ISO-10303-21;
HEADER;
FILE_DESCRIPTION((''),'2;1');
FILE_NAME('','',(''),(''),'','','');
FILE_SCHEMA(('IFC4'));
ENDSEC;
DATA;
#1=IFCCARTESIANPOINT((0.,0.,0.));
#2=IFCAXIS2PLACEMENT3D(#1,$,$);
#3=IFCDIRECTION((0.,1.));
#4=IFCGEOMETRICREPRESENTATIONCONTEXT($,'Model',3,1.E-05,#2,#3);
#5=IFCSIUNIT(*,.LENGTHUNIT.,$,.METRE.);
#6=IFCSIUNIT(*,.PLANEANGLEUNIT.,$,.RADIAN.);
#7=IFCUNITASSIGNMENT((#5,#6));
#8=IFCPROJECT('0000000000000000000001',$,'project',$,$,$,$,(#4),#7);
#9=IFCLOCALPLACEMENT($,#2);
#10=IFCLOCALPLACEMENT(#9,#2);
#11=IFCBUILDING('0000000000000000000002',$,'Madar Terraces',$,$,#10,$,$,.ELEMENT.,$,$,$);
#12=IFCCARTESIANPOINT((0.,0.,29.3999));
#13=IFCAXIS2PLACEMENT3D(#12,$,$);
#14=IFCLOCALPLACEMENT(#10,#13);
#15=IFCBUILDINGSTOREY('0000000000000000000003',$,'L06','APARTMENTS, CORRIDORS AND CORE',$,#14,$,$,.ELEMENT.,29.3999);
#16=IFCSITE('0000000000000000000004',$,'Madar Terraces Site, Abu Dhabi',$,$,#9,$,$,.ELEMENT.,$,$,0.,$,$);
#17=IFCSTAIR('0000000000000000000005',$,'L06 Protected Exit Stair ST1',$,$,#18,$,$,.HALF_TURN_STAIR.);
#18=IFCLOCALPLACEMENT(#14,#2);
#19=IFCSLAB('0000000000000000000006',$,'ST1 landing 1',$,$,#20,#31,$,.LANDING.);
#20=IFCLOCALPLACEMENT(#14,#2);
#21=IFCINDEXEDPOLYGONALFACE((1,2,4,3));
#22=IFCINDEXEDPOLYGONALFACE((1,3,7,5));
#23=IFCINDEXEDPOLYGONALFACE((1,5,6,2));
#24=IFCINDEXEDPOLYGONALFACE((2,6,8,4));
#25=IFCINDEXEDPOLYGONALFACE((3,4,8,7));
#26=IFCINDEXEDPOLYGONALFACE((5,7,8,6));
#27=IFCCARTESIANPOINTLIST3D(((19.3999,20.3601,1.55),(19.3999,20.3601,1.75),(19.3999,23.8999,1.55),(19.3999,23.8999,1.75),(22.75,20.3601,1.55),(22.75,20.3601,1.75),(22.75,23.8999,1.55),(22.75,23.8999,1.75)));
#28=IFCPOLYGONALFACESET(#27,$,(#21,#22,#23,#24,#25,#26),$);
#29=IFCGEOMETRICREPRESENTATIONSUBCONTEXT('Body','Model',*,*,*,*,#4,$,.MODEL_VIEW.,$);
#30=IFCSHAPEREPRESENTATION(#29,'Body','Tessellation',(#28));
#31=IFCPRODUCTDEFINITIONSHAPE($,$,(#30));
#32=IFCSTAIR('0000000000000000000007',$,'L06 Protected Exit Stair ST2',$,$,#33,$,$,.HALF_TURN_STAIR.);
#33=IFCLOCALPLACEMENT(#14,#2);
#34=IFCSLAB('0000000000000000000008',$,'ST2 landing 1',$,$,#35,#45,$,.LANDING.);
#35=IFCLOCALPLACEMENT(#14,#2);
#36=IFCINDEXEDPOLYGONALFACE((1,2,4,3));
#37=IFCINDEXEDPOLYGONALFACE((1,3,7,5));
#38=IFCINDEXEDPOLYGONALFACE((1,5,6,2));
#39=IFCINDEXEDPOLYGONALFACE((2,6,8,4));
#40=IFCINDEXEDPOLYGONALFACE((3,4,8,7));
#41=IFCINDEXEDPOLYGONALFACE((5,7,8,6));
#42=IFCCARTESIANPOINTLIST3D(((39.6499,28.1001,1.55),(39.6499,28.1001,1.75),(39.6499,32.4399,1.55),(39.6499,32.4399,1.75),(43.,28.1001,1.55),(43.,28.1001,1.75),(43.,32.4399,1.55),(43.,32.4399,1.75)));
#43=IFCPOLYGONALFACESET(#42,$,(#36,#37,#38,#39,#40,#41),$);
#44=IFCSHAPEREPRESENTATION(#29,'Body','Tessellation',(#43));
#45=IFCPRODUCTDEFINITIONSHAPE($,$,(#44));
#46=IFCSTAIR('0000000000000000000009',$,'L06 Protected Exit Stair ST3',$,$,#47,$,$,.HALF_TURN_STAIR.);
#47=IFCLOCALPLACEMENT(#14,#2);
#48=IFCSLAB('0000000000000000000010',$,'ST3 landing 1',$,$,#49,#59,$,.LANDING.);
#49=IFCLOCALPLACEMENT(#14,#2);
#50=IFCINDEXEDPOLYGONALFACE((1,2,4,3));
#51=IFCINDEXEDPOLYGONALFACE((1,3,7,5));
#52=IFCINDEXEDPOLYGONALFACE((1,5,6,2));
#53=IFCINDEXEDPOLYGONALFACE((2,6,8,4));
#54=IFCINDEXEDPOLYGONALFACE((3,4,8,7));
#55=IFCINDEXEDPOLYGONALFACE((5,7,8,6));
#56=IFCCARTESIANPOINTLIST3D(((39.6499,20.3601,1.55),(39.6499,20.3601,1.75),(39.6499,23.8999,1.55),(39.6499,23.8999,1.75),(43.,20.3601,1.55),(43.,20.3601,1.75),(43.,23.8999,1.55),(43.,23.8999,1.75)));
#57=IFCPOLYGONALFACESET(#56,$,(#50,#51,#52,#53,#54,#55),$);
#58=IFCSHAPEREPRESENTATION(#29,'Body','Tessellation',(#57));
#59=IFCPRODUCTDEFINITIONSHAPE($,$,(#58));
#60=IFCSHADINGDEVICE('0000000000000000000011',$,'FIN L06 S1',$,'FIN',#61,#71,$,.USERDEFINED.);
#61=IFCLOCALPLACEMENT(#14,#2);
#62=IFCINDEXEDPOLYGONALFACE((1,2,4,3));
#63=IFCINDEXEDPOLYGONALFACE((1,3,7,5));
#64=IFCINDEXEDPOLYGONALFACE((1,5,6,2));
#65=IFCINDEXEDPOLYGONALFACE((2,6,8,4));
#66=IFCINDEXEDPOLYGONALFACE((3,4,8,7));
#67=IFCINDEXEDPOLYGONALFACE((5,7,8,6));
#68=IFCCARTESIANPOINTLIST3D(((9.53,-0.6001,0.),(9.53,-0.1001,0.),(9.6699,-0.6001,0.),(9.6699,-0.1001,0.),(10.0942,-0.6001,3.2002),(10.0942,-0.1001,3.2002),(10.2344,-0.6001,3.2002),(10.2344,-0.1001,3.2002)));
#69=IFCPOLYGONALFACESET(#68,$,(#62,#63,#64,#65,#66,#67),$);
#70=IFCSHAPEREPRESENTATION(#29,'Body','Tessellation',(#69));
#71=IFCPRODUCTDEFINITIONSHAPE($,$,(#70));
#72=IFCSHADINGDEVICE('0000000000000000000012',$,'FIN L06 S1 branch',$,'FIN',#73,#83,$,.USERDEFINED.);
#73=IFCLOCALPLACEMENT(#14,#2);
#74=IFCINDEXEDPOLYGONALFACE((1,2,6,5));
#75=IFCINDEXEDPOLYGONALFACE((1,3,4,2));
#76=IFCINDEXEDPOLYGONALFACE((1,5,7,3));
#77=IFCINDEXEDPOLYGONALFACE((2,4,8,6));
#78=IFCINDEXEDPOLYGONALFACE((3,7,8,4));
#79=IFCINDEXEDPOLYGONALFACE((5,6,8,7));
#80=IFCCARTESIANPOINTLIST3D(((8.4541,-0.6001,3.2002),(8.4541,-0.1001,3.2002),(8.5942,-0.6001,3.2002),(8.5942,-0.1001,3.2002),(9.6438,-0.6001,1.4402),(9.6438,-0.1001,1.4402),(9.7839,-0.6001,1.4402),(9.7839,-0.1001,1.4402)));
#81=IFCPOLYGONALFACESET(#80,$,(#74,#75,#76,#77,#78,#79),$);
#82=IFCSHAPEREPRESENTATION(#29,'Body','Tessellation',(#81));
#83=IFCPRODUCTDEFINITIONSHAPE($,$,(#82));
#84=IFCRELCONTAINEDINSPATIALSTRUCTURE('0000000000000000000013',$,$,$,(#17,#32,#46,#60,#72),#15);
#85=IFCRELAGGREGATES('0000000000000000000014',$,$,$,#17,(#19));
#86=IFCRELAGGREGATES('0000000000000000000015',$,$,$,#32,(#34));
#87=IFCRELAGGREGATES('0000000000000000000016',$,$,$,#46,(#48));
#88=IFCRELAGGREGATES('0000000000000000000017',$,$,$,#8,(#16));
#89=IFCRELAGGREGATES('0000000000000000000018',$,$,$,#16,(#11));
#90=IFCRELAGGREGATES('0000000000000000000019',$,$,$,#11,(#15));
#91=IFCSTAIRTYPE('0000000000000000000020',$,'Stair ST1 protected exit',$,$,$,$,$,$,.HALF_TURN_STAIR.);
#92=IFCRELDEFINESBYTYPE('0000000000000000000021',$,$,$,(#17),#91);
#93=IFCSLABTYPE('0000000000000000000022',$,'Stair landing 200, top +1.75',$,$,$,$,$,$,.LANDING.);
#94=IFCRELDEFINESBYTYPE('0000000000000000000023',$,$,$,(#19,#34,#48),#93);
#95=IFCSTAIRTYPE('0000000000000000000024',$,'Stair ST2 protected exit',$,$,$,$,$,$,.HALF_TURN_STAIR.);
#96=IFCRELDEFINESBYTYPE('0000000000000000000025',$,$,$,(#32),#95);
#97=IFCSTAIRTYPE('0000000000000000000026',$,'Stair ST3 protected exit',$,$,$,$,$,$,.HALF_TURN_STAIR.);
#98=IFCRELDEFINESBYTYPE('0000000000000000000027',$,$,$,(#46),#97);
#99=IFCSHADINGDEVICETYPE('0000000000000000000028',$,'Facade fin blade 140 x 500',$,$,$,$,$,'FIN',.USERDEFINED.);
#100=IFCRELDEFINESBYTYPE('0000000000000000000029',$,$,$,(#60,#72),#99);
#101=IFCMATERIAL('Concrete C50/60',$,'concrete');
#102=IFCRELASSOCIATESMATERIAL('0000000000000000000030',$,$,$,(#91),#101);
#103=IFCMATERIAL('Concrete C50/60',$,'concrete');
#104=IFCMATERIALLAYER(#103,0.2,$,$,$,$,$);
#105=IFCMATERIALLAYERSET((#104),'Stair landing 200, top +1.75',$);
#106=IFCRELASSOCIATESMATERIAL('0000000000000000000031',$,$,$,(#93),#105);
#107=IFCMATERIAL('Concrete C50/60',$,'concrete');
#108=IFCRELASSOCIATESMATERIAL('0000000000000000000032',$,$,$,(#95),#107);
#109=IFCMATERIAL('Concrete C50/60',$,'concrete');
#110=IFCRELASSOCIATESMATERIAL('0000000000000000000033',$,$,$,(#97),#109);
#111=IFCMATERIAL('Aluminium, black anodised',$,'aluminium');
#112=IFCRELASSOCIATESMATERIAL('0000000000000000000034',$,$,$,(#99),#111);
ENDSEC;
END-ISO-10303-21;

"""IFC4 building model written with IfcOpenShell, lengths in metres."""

from ifc_helpers import new_model, si_unit, direction, frame, origin, place, context, subcontext, project, spatial, polyline, outline, extrude, material, layer, layer_set, type_object, element, aggregate, save


model = new_model("IFC4")

# Units and contexts
model_context = context("Model", 3, precision=1e-05, world=origin(), true_north=direction((0.0, 1.0)))
body_context = subcontext(model_context, "Body", "Model", "MODEL_VIEW")
ifc_project = project(units=[si_unit("LENGTHUNIT", "METRE"), si_unit("PLANEANGLEUNIT", "RADIAN")], contexts=[model_context])

# Site, building, storey
site_placement = place(None, origin())
site = spatial("IfcSite", under=ifc_project, at=site_placement, Name="Madar Terraces Site, Abu Dhabi", CompositionType="ELEMENT", RefElevation=0.0)
building_placement = place(site_placement, origin())
building = spatial("IfcBuilding", under=site, at=building_placement, Name="Madar Terraces", CompositionType="ELEMENT")
storey_placement = place(building_placement, frame((0.0, 0.0, 29.3999)))
storey = spatial("IfcBuildingStorey", under=building, at=storey_placement, Name="L06", Description="APARTMENTS, CORRIDORS AND CORE", CompositionType="ELEMENT", Elevation=29.3999)

# Stairs, slabs
ifc_material_1 = material(Name="Concrete C50/60", Category="concrete")
stair_type_1 = type_object("IfcStairType", Name="Stair ST1 protected exit", PredefinedType="HALF_TURN_STAIR", material=ifc_material_1)
stair_1_placement = place(storey_placement, origin())
stair_1 = element("IfcStair", 1, at=stair_1_placement, inside=storey, type_object=stair_type_1, Name="L06 Protected Exit Stair ST1", PredefinedType="HALF_TURN_STAIR")
ifc_material_2 = material(Name="Concrete C50/60", Category="concrete")
ifc_layer_1 = layer(ifc_material_2, 0.2)
ifc_layer_set_1 = layer_set([ifc_layer_1], Name="Stair landing 200, top +1.75")
slab_type_1 = type_object("IfcSlabType", Name="Stair landing 200, top +1.75", PredefinedType="LANDING", material=ifc_layer_set_1)
slab_1_placement = place(storey_placement, frame((0.0, 0.0, 1.55)))
slab_1 = element("IfcSlab", 2, at=slab_1_placement, type_object=slab_type_1, Name="ST1 landing 1", PredefinedType="LANDING", context=body_context, shape_type="SweptSolid", body=[
    extrude(outline(polyline([(19.3999, 20.3601), (22.75, 20.3601), (22.75, 23.8999), (19.3999, 23.8999), (19.3999, 20.3601)])), origin(), (0.0, 0.0, 1.0), 0.2),
])
aggregate(stair_1, [slab_1])
ifc_material_3 = material(Name="Concrete C50/60", Category="concrete")
stair_type_2 = type_object("IfcStairType", Name="Stair ST2 protected exit", PredefinedType="HALF_TURN_STAIR", material=ifc_material_3)
stair_2_placement = place(storey_placement, origin())
stair_2 = element("IfcStair", 3, at=stair_2_placement, inside=storey, type_object=stair_type_2, Name="L06 Protected Exit Stair ST2", PredefinedType="HALF_TURN_STAIR")
slab_2_placement = place(storey_placement, frame((0.0, 0.0, 1.55)))
slab_2 = element("IfcSlab", 4, at=slab_2_placement, type_object=slab_type_1, Name="ST2 landing 1", PredefinedType="LANDING", context=body_context, shape_type="SweptSolid", body=[
    extrude(outline(polyline([(39.6499, 28.1001), (43.0, 28.1001), (43.0, 32.4399), (39.6499, 32.4399), (39.6499, 28.1001)])), origin(), (0.0, 0.0, 1.0), 0.2),
])
aggregate(stair_2, [slab_2])
ifc_material_4 = material(Name="Concrete C50/60", Category="concrete")
stair_type_3 = type_object("IfcStairType", Name="Stair ST3 protected exit", PredefinedType="HALF_TURN_STAIR", material=ifc_material_4)
stair_3_placement = place(storey_placement, origin())
stair_3 = element("IfcStair", 5, at=stair_3_placement, inside=storey, type_object=stair_type_3, Name="L06 Protected Exit Stair ST3", PredefinedType="HALF_TURN_STAIR")
slab_3_placement = place(storey_placement, frame((0.0, 0.0, 1.55)))
slab_3 = element("IfcSlab", 6, at=slab_3_placement, type_object=slab_type_1, Name="ST3 landing 1", PredefinedType="LANDING", context=body_context, shape_type="SweptSolid", body=[
    extrude(outline(polyline([(39.6499, 20.3601), (43.0, 20.3601), (43.0, 23.8999), (39.6499, 23.8999), (39.6499, 20.3601)])), origin(), (0.0, 0.0, 1.0), 0.2),
])
aggregate(stair_3, [slab_3])

# Shading devices
ifc_material_5 = material(Name="Aluminium, black anodised", Category="aluminium")
shading_device_type = type_object("IfcShadingDeviceType", Name="Facade fin blade 140 x 500", ElementType="FIN", PredefinedType="USERDEFINED", material=ifc_material_5)
shading_device_1_placement = place(storey_placement, frame((9.53, -0.3501, 0.0), z_axis=(0.0, 0.0, 1.0), x_axis=(1.0, 0.0, 0.0)))
element("IfcShadingDevice", 7, at=shading_device_1_placement, inside=storey, type_object=shading_device_type, Name="FIN L06 S1", ObjectType="FIN", PredefinedType="USERDEFINED", context=body_context, shape_type="SweptSolid", body=[
    extrude(outline(polyline([(0.0, 0.0), (0.1399, 0.0), (0.7043, 3.2002), (0.5642, 3.2002), (0.0, 0.0)])), frame((0.0, 0.25, 0.0), z_axis=(0.0, -1.0, 0.0), x_axis=(1.0, 0.0, 0.0)), (0.0, 0.0, 1.0), 0.5),
])
shading_device_2_placement = place(storey_placement, frame((9.6438, -0.3501, 1.4402), z_axis=(0.0, 0.0, 1.0), x_axis=(1.0, 0.0, 0.0)))
element("IfcShadingDevice", 8, at=shading_device_2_placement, inside=storey, type_object=shading_device_type, Name="FIN L06 S1 branch", ObjectType="FIN", PredefinedType="USERDEFINED", context=body_context, shape_type="SweptSolid", body=[
    extrude(outline(polyline([(0.0, 0.0), (0.1401, 0.0), (-1.0496, 1.76), (-1.1897, 1.76), (0.0, 0.0)])), frame((0.0, 0.25, 0.0), z_axis=(0.0, -1.0, 0.0), x_axis=(1.0, 0.0, 0.0)), (0.0, 0.0, 1.0), 0.5),
])

save(model, "model.ifc")
